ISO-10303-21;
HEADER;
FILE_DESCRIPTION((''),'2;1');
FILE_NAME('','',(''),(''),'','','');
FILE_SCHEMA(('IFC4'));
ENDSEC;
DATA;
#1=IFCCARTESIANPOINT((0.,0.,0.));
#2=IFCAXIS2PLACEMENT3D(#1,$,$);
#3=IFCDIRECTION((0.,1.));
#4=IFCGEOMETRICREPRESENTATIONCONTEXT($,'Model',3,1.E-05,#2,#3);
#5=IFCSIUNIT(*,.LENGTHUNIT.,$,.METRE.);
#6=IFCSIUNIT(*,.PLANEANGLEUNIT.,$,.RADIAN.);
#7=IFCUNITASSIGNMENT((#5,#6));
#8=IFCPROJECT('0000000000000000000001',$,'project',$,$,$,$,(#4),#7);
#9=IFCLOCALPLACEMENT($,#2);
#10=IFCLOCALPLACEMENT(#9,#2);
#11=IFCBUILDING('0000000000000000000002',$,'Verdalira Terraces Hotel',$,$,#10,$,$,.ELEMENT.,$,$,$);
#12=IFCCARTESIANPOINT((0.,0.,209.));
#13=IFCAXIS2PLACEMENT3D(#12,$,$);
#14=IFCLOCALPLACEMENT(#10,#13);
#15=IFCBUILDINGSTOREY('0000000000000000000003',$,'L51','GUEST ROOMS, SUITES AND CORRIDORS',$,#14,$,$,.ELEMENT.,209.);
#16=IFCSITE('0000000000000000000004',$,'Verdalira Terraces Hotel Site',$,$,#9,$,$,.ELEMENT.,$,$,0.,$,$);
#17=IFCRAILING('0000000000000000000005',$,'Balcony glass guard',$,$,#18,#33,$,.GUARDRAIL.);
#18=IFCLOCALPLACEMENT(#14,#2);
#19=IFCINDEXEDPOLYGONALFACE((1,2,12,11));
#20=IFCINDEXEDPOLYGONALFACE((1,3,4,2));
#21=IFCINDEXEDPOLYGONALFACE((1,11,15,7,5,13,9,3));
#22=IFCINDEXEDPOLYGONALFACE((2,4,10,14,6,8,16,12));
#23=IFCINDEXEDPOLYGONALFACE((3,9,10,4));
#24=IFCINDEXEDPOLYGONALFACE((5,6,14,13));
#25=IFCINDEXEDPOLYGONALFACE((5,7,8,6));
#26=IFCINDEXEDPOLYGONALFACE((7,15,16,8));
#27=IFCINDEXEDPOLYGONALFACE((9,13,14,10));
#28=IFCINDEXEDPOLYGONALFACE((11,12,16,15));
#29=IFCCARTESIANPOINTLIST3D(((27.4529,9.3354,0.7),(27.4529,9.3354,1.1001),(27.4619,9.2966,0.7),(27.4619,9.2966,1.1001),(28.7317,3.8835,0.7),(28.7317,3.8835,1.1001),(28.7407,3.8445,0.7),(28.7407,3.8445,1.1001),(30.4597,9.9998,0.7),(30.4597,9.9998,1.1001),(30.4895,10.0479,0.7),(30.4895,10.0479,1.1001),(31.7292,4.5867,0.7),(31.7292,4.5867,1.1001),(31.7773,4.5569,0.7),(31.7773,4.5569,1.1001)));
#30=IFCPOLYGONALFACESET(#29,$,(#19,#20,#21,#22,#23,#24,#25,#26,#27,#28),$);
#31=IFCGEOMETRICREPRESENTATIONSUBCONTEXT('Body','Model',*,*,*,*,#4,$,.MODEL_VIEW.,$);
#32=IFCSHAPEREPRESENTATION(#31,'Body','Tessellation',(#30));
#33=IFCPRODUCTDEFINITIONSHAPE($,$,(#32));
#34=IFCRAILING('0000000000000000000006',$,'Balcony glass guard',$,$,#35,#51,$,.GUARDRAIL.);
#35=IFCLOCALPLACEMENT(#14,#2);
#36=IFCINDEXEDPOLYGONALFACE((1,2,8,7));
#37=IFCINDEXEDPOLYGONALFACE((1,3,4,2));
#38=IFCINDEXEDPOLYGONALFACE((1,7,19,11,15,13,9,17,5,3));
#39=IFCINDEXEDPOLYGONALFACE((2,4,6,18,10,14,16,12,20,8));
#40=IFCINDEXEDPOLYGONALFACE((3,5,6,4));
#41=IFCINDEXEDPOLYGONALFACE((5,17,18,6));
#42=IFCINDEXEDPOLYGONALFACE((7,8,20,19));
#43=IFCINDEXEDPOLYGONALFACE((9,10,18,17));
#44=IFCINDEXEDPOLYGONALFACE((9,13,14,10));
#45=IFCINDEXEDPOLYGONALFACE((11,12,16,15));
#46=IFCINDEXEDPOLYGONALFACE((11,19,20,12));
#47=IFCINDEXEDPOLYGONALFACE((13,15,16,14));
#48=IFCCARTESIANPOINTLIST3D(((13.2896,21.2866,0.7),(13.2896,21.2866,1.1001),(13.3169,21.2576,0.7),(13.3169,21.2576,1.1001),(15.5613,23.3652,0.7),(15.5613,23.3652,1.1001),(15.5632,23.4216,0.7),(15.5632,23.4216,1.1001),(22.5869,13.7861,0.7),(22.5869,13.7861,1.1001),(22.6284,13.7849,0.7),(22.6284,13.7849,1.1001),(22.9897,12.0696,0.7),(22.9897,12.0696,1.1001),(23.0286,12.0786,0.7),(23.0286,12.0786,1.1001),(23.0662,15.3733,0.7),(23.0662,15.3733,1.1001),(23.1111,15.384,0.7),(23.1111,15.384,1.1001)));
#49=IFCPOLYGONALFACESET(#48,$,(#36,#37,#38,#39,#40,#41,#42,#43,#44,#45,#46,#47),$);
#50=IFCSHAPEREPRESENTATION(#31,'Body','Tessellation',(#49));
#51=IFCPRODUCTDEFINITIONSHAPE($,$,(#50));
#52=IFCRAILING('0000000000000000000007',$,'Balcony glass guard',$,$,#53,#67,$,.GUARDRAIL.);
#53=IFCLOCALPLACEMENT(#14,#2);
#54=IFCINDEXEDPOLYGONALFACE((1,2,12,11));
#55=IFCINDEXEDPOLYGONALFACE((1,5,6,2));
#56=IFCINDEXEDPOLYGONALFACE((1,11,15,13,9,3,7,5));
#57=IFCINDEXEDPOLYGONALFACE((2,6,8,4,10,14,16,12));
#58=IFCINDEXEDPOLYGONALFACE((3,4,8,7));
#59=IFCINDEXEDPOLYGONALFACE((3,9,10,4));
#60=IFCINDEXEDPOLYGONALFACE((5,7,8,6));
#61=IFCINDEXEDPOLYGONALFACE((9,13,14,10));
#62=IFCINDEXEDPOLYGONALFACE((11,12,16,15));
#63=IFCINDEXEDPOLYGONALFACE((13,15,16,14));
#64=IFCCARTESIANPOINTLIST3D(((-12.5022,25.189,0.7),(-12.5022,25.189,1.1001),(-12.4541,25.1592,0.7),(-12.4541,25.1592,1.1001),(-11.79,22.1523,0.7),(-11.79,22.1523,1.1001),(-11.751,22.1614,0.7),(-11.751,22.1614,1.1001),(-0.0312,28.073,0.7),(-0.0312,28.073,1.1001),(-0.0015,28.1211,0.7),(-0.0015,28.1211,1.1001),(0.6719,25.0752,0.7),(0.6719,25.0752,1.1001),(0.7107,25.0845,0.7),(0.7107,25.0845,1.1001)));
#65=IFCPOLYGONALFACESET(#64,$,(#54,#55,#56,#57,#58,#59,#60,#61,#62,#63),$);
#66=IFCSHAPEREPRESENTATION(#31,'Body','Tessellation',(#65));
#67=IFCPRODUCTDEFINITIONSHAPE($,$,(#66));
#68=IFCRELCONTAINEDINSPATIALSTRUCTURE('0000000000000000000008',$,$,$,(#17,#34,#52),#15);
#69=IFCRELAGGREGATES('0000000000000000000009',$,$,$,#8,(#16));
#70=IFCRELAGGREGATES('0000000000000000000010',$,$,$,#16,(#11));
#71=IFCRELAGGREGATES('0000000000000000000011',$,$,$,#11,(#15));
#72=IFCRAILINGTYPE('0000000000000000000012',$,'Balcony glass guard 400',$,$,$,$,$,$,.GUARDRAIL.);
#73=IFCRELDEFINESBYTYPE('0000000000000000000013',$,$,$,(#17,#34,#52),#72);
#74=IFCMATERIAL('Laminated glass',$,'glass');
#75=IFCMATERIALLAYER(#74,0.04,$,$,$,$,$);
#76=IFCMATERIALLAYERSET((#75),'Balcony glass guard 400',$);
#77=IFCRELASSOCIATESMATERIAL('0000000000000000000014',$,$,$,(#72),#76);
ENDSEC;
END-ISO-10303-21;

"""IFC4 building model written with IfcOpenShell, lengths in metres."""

from ifc_helpers import new_model, si_unit, direction, frame, origin, place, context, subcontext, project, spatial, polyline, outline, extrude, material, layer, layer_set, type_object, element, save


model = new_model("IFC4")

# Units and contexts
model_context = context("Model", 3, precision=1e-05, world=origin(), true_north=direction((0.0, 1.0)))
body_context = subcontext(model_context, "Body", "Model", "MODEL_VIEW")
ifc_project = project(units=[si_unit("LENGTHUNIT", "METRE"), si_unit("PLANEANGLEUNIT", "RADIAN")], contexts=[model_context])

# Site, building, storey
site_placement = place(None, origin())
site = spatial("IfcSite", under=ifc_project, at=site_placement, Name="Verdalira Terraces Hotel Site", CompositionType="ELEMENT", RefElevation=0.0)
building_placement = place(site_placement, origin())
building = spatial("IfcBuilding", under=site, at=building_placement, Name="Verdalira Terraces Hotel", CompositionType="ELEMENT")
storey_placement = place(building_placement, frame((0.0, 0.0, 209.0)))
storey = spatial("IfcBuildingStorey", under=building, at=storey_placement, Name="L51", Description="GUEST ROOMS, SUITES AND CORRIDORS", CompositionType="ELEMENT", Elevation=209.0)

# Railings
ifc_material_1 = material(Name="Laminated glass", Category="glass")
ifc_layer_1 = layer(ifc_material_1, 0.04)
ifc_layer_set_1 = layer_set([ifc_layer_1], Name="Balcony glass guard 400")
railing_type = type_object("IfcRailingType", Name="Balcony glass guard 400", PredefinedType="GUARDRAIL", material=ifc_layer_set_1)
railing_1_placement = place(storey_placement, frame((0.0, 0.0, 0.7)))
element("IfcRailing", 1, at=railing_1_placement, inside=storey, type_object=railing_type, Name="Balcony glass guard", PredefinedType="GUARDRAIL", context=body_context, shape_type="SweptSolid", body=[
    extrude(outline(polyline([(31.7292, 4.5867), (30.4597, 9.9998), (27.4619, 9.2966), (27.4529, 9.3354), (30.4895, 10.0479), (31.7773, 4.5569), (28.7407, 3.8445), (28.7317, 3.8835), (31.7292, 4.5867)])), origin(), (0.0, 0.0, 1.0), 0.4001),
])
railing_2_placement = place(storey_placement, frame((0.0, 0.0, 0.7)))
element("IfcRailing", 2, at=railing_2_placement, inside=storey, type_object=railing_type, Name="Balcony glass guard", PredefinedType="GUARDRAIL", context=body_context, shape_type="SweptSolid", body=[
    extrude(outline(polyline([(22.5869, 13.7861), (23.0662, 15.3733), (15.5613, 23.3652), (13.3169, 21.2576), (13.2896, 21.2866), (15.5632, 23.4216), (23.1111, 15.384), (22.6284, 13.7849), (23.0286, 12.0786), (22.9897, 12.0696), (22.5869, 13.7861)])), origin(), (0.0, 0.0, 1.0), 0.4001),
])
railing_3_placement = place(storey_placement, frame((0.0, 0.0, 0.7)))
element("IfcRailing", 3, at=railing_3_placement, inside=storey, type_object=railing_type, Name="Balcony glass guard", PredefinedType="GUARDRAIL", context=body_context, shape_type="SweptSolid", body=[
    extrude(outline(polyline([(-0.0312, 28.073), (-12.4541, 25.1592), (-11.751, 22.1614), (-11.79, 22.1523), (-12.5022, 25.189), (-0.0015, 28.1211), (0.7107, 25.0845), (0.6719, 25.0752), (-0.0312, 28.073)])), origin(), (0.0, 0.0, 1.0), 0.4001),
])

save(model, "model.ifc")
